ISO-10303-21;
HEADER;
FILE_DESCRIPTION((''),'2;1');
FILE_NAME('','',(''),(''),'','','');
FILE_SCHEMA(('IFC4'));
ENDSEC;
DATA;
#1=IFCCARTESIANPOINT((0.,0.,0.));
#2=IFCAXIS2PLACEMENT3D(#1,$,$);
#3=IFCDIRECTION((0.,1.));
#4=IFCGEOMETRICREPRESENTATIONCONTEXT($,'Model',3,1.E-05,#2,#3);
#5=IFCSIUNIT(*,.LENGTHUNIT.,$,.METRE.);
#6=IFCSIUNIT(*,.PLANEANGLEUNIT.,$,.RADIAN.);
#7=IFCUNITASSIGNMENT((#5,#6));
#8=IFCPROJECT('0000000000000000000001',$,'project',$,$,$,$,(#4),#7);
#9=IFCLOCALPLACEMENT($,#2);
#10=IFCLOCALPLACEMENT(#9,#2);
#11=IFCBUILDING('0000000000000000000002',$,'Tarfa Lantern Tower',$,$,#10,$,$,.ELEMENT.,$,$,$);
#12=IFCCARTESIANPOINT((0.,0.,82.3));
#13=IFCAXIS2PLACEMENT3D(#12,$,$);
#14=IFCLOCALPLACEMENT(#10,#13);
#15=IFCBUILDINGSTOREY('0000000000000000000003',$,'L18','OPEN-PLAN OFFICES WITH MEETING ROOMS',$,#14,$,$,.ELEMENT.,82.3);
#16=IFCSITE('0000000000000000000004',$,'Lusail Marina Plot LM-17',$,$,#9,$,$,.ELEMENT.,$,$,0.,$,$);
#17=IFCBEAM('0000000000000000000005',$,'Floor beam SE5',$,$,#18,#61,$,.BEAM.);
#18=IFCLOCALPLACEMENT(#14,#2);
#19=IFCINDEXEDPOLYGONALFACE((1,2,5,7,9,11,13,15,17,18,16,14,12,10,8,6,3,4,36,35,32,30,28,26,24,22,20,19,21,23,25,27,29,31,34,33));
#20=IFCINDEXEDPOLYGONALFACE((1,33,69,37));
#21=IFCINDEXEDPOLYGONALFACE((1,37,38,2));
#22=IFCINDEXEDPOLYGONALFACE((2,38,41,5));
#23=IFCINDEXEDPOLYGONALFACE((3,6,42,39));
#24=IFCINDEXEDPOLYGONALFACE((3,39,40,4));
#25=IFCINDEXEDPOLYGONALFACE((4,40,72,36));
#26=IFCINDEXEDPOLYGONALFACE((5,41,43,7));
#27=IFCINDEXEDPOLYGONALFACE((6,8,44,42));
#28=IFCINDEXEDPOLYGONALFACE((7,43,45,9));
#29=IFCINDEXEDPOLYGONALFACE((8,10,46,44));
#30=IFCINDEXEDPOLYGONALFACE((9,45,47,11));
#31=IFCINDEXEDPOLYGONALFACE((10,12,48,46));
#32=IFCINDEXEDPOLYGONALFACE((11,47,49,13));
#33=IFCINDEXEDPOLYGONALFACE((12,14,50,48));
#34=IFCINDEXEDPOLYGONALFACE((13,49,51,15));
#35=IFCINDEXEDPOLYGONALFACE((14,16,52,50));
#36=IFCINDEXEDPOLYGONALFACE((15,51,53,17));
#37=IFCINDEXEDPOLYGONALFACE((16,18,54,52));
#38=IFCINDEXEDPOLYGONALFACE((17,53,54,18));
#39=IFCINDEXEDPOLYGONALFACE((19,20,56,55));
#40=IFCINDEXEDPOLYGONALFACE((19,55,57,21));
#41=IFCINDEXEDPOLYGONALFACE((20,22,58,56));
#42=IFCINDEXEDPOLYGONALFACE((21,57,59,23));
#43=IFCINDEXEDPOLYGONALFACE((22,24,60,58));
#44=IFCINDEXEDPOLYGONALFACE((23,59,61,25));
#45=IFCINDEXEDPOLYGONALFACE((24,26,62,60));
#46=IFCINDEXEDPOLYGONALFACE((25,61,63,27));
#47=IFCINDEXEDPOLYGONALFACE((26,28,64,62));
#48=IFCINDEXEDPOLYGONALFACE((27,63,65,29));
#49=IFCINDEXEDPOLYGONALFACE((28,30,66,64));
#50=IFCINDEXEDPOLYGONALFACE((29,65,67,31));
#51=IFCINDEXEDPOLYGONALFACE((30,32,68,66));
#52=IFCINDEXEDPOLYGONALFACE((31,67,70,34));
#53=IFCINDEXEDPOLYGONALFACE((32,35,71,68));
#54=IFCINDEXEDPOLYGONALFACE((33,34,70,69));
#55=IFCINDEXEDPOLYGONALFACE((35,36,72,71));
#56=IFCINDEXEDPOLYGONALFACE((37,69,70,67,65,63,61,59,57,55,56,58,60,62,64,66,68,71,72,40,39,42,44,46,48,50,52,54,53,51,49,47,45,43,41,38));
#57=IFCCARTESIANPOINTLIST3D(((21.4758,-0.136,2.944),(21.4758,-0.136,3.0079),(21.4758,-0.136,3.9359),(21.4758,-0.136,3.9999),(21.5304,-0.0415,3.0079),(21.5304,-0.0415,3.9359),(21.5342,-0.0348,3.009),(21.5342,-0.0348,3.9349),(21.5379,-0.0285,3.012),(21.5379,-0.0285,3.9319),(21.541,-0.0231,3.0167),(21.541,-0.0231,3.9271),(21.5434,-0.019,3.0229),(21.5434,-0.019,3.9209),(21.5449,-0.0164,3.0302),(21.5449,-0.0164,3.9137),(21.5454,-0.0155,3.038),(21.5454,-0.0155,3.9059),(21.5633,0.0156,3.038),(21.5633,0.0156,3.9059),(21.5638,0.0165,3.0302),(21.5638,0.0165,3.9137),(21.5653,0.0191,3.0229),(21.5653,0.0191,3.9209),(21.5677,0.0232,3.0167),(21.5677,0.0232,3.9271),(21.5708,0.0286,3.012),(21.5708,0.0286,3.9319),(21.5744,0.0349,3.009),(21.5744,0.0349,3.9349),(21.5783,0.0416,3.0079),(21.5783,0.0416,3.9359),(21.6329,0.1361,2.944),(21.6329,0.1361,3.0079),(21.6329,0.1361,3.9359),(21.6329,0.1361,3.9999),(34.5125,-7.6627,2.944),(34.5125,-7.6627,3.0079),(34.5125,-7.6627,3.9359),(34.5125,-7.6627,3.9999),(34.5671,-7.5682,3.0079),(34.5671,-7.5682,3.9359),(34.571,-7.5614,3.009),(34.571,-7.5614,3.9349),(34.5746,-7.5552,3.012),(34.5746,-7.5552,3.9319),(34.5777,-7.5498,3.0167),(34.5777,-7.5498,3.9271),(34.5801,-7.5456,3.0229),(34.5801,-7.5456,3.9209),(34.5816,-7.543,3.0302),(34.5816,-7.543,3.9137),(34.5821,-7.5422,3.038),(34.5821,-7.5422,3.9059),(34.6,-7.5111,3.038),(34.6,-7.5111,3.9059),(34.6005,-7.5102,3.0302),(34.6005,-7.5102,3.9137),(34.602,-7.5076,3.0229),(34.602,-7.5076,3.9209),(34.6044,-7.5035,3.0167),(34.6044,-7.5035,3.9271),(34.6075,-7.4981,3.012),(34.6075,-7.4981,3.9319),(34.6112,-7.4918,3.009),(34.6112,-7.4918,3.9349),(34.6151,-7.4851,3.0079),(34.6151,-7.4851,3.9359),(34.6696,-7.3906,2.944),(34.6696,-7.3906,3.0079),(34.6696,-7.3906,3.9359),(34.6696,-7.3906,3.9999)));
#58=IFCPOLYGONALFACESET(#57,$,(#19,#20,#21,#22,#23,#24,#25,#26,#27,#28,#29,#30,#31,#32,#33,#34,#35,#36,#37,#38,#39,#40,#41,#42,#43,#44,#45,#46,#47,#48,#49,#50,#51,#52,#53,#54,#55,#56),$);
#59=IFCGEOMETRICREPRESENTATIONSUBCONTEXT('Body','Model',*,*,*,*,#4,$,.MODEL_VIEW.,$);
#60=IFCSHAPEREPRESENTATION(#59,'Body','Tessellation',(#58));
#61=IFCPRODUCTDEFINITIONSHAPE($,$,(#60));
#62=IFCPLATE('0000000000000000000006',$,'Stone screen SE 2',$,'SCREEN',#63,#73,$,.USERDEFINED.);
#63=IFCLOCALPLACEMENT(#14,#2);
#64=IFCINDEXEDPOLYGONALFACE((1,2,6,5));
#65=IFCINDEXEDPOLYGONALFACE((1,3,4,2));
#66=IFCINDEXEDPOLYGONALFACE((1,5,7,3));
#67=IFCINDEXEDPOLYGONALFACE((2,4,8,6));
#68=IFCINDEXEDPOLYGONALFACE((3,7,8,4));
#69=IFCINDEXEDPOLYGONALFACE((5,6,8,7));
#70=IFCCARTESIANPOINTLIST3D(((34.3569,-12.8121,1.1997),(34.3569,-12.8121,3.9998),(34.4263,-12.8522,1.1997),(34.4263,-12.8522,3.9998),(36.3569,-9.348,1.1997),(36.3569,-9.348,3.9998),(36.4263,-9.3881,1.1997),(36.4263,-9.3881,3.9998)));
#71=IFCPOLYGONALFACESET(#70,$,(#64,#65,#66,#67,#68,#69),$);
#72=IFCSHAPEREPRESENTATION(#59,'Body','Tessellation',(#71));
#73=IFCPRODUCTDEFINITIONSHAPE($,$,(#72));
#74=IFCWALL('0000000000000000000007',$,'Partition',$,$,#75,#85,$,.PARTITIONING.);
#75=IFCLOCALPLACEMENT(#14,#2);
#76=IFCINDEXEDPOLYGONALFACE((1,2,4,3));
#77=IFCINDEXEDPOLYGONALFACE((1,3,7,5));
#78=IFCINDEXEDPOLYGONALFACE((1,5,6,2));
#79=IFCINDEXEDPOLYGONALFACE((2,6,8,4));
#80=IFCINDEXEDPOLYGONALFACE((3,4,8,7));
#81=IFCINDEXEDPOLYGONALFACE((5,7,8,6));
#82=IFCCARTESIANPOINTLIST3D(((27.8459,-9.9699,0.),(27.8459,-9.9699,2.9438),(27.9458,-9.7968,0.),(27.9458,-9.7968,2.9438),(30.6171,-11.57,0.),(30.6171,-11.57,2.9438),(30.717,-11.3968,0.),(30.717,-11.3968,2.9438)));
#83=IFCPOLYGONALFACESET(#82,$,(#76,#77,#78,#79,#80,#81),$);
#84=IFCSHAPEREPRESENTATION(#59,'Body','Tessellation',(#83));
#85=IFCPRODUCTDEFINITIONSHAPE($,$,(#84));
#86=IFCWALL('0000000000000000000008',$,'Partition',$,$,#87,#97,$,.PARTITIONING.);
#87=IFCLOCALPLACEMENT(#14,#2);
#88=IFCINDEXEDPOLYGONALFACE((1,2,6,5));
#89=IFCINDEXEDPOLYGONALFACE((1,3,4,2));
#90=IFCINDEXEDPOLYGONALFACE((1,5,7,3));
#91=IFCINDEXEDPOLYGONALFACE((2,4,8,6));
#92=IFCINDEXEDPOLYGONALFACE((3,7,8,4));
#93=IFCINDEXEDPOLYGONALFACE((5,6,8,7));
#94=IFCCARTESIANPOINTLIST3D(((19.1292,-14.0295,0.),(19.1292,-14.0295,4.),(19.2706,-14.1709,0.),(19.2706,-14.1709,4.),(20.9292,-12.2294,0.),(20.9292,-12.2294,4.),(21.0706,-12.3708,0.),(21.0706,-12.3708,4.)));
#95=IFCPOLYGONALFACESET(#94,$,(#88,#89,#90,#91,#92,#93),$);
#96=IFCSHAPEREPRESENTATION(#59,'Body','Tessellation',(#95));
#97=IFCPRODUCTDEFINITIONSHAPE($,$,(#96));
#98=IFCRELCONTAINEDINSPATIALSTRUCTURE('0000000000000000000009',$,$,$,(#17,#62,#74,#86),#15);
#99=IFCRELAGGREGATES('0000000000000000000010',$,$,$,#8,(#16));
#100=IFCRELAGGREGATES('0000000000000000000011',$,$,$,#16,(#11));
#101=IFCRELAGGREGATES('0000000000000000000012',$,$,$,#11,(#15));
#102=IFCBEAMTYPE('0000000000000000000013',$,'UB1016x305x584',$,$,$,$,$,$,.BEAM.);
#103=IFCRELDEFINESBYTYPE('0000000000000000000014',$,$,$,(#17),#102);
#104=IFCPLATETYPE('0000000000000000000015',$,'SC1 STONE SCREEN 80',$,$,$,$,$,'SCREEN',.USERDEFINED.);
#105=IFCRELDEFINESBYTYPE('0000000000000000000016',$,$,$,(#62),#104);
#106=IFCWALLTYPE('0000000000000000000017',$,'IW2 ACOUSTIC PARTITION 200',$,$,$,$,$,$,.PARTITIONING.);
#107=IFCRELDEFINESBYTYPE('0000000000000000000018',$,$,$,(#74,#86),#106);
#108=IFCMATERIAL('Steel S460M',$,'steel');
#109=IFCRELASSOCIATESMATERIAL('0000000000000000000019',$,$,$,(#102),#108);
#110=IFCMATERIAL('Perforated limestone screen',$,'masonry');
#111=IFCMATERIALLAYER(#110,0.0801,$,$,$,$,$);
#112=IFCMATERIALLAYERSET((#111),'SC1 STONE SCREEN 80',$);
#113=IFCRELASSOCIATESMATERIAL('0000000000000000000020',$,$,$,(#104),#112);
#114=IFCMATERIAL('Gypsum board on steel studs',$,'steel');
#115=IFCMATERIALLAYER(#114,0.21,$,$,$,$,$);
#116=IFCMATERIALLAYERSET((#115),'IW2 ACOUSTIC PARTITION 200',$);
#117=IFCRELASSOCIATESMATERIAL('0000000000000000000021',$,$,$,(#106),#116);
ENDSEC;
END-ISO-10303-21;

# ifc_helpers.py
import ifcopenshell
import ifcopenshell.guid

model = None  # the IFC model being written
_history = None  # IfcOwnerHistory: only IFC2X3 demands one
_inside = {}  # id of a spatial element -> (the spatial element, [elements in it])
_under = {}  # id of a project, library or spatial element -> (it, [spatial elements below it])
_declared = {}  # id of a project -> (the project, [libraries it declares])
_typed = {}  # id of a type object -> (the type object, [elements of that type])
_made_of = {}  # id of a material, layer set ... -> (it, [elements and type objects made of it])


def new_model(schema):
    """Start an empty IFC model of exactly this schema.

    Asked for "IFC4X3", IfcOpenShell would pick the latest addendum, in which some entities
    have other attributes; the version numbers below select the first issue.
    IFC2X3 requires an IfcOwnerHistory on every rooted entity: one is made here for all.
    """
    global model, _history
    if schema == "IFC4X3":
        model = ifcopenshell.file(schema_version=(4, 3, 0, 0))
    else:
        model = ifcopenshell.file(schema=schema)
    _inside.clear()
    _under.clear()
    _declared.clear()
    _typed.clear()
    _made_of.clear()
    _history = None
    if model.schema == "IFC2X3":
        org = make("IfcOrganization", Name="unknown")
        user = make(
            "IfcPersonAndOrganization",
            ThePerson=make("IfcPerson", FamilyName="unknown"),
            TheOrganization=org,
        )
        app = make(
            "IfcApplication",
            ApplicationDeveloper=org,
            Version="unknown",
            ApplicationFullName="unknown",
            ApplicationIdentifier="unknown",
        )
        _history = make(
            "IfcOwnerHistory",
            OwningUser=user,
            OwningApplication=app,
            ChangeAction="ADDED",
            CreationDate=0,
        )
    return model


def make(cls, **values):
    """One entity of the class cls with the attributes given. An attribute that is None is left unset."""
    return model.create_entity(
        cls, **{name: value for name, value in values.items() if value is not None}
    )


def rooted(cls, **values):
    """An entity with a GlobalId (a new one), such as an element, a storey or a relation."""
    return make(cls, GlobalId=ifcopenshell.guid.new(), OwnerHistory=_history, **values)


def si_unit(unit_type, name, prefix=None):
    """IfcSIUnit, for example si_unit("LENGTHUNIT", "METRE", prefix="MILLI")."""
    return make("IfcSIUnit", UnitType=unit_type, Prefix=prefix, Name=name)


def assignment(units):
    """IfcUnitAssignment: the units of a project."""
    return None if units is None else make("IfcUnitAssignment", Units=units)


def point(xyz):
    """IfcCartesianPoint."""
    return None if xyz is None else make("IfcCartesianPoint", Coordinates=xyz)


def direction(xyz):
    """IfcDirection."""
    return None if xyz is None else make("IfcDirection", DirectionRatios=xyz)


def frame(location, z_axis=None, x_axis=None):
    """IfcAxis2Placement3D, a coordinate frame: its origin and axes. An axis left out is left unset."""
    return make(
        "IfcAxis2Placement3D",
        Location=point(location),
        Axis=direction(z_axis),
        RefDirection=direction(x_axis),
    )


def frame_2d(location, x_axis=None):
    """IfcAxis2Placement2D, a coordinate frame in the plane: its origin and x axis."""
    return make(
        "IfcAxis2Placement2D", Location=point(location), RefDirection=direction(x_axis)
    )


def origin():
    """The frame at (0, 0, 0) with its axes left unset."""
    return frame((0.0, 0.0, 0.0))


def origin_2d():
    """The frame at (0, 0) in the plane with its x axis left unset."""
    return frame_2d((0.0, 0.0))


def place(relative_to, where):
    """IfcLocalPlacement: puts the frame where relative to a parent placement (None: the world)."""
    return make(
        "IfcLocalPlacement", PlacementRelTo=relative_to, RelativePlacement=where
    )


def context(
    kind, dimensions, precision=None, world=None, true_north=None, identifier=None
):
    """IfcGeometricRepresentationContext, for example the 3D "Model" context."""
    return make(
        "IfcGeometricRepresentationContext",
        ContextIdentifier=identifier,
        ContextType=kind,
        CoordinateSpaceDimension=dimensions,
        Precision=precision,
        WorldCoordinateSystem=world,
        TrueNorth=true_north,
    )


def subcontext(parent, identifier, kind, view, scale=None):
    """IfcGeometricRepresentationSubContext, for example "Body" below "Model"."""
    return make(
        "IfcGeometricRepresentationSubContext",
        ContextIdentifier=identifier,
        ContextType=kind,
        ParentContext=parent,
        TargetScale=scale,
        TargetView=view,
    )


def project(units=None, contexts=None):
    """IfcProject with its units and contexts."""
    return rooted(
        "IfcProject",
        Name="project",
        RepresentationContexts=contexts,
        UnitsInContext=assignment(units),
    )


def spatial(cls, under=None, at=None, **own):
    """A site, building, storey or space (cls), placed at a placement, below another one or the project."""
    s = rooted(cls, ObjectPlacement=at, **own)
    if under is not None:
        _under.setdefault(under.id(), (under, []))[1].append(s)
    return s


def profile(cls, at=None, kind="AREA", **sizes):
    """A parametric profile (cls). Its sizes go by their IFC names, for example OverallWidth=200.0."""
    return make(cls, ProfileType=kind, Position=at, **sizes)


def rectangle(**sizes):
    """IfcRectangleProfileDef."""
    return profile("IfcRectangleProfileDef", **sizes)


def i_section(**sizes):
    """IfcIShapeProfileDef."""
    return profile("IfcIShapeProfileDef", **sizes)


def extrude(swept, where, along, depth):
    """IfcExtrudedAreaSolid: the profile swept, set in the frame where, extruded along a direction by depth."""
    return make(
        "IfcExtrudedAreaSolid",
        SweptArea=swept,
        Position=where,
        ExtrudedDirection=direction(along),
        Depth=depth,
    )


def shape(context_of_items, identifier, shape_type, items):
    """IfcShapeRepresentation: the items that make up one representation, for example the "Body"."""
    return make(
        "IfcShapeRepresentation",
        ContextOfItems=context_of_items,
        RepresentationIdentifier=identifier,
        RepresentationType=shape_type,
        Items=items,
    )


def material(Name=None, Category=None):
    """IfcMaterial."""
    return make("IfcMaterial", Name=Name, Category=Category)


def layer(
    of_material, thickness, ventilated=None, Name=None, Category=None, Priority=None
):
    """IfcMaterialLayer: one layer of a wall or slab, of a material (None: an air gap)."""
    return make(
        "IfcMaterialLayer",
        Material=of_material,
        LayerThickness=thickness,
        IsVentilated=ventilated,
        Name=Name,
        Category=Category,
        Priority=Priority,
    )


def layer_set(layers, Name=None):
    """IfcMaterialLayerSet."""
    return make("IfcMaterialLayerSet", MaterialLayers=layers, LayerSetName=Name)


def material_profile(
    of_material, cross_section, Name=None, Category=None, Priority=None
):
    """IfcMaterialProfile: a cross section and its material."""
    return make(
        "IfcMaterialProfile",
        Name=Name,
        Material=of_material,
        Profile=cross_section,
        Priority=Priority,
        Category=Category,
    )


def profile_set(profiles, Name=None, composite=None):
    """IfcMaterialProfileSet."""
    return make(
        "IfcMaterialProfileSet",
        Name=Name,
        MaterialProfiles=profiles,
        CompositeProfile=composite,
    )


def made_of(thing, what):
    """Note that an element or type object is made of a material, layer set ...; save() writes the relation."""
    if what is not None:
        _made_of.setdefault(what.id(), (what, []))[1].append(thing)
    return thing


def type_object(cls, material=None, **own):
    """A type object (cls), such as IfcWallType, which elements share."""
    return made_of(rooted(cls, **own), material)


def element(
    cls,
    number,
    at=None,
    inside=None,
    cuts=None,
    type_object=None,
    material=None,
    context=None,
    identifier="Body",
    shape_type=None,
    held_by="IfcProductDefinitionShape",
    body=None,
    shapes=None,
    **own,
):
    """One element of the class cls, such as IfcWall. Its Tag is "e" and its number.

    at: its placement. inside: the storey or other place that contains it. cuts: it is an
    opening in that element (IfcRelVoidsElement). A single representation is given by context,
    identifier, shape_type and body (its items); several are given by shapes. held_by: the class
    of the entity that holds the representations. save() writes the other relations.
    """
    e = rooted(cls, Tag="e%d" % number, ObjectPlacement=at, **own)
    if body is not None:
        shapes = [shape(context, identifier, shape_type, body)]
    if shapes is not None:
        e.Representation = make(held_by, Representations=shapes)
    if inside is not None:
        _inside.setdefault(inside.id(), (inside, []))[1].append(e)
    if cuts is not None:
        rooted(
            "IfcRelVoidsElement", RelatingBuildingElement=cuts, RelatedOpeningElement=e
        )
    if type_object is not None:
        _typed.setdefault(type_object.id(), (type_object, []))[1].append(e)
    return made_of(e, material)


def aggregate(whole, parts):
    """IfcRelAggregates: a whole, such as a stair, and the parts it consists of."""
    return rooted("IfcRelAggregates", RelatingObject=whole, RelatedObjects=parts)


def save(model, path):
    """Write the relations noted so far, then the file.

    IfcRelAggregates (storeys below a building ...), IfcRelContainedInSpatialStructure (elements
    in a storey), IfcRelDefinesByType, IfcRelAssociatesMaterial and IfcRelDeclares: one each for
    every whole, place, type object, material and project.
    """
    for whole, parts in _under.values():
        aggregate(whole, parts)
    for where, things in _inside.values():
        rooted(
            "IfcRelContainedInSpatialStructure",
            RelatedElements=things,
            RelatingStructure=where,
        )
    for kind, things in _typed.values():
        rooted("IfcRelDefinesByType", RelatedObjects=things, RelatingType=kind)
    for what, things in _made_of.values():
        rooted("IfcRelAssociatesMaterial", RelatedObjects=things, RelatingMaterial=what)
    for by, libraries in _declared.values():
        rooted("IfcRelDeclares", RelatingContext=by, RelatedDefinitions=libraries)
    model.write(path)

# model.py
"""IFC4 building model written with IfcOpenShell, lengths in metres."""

from ifc_helpers import new_model, si_unit, direction, frame, frame_2d, origin, origin_2d, place, context, subcontext, project, spatial, rectangle, i_section, extrude, material, layer, layer_set, material_profile, profile_set, type_object, element, save


model = new_model("IFC4")

# Units and contexts
model_context = context("Model", 3, precision=1e-05, world=origin(), true_north=direction((0.0, 1.0)))
body_context = subcontext(model_context, "Body", "Model", "MODEL_VIEW")
ifc_project = project(units=[si_unit("LENGTHUNIT", "METRE"), si_unit("PLANEANGLEUNIT", "RADIAN")], contexts=[model_context])

# Site, building, storey
site_placement = place(None, origin())
site = spatial("IfcSite", under=ifc_project, at=site_placement, Name="Lusail Marina Plot LM-17", CompositionType="ELEMENT", RefElevation=0.0)
building_placement = place(site_placement, origin())
building = spatial("IfcBuilding", under=site, at=building_placement, Name="Tarfa Lantern Tower", CompositionType="ELEMENT")
storey_placement = place(building_placement, frame((0.0, 0.0, 82.3)))
storey = spatial("IfcBuildingStorey", under=building, at=storey_placement, Name="L18", Description="OPEN-PLAN OFFICES WITH MEETING ROOMS", CompositionType="ELEMENT", Elevation=82.3)

# Beam
ifc_material_1 = material(Name="Steel S460M", Category="steel")
ifc_material_profile_1 = material_profile(ifc_material_1, i_section(OverallWidth=0.3142, OverallDepth=1.0559, WebThickness=0.0359, FlangeThickness=0.064, FilletRadius=0.03, at=origin_2d()), Name="UB1016x305x584")
ifc_profile_set_1 = profile_set([ifc_material_profile_1], Name="Steel S460M")
beam_type_1 = type_object("IfcBeamType", Name="UB1016x305x584", PredefinedType="BEAM", material=ifc_profile_set_1)
beam_1_placement = place(storey_placement, frame((34.5911, -7.5266, 3.4719), z_axis=(-0.866028, 0.499996, 0.0), x_axis=(-0.499996, -0.866028, 0.0)))
element("IfcBeam", 1, at=beam_1_placement, inside=storey, type_object=beam_type_1, Name="Floor beam SE5", PredefinedType="BEAM", context=body_context, shape_type="SweptSolid", body=[
    extrude(i_section(OverallWidth=0.3142, OverallDepth=1.0559, WebThickness=0.0359, FlangeThickness=0.064, FilletRadius=0.03, at=origin_2d()), origin(), (0.0, 0.0, 1.0), 15.0535),
])

# Plate
ifc_material_2 = material(Name="Perforated limestone screen", Category="masonry")
ifc_layer_1 = layer(ifc_material_2, 0.0801)
ifc_layer_set_1 = layer_set([ifc_layer_1], Name="SC1 STONE SCREEN 80")
plate_type = type_object("IfcPlateType", Name="SC1 STONE SCREEN 80", ElementType="SCREEN", PredefinedType="USERDEFINED", material=ifc_layer_set_1)
plate_placement = place(storey_placement, frame((35.3916, -11.1001, 1.1997), z_axis=(0.0, 0.0, 1.0), x_axis=(0.5, 0.866025, 0.0)))
element("IfcPlate", 2, at=plate_placement, inside=storey, type_object=plate_type, Name="Stone screen SE 2", ObjectType="SCREEN", PredefinedType="USERDEFINED", context=body_context, shape_type="SweptSolid", body=[
    extrude(rectangle(XDim=4.0, YDim=0.0801, at=origin_2d()), origin(), (0.0, 0.0, 1.0), 2.8),
])

# Walls
ifc_material_3 = material(Name="Gypsum board on steel studs", Category="steel")
ifc_layer_2 = layer(ifc_material_3, 0.21)
ifc_layer_set_2 = layer_set([ifc_layer_2], Name="IW2 ACOUSTIC PARTITION 200")
wall_type = type_object("IfcWallType", Name="IW2 ACOUSTIC PARTITION 200", PredefinedType="PARTITIONING", material=ifc_layer_set_2)
wall_1_placement = place(storey_placement, frame((27.8958, -9.8833, 0.0), z_axis=(0.0, 0.0, 1.0), x_axis=(0.866009, -0.500028, 0.0)))
element("IfcWall", 3, at=wall_1_placement, inside=storey, type_object=wall_type, Name="Partition", PredefinedType="PARTITIONING", context=body_context, shape_type="SweptSolid", body=[
    extrude(rectangle(XDim=3.2, YDim=0.2, at=frame_2d((1.6001, 0.0))), origin(), (0.0, 0.0, 1.0), 2.9438),
])
wall_2_placement = place(storey_placement, frame((21.0, -12.3, 0.0), z_axis=(0.0, 0.0, 1.0), x_axis=(-0.707107, -0.707107, 0.0)))
element("IfcWall", 4, at=wall_2_placement, inside=storey, type_object=wall_type, Name="Partition", PredefinedType="PARTITIONING", context=body_context, shape_type="SweptSolid", body=[
    extrude(rectangle(XDim=2.5457, YDim=0.2, at=frame_2d((1.2729, 0.0))), origin(), (0.0, 0.0, 1.0), 4.0),
])

save(model, "model.ifc")
